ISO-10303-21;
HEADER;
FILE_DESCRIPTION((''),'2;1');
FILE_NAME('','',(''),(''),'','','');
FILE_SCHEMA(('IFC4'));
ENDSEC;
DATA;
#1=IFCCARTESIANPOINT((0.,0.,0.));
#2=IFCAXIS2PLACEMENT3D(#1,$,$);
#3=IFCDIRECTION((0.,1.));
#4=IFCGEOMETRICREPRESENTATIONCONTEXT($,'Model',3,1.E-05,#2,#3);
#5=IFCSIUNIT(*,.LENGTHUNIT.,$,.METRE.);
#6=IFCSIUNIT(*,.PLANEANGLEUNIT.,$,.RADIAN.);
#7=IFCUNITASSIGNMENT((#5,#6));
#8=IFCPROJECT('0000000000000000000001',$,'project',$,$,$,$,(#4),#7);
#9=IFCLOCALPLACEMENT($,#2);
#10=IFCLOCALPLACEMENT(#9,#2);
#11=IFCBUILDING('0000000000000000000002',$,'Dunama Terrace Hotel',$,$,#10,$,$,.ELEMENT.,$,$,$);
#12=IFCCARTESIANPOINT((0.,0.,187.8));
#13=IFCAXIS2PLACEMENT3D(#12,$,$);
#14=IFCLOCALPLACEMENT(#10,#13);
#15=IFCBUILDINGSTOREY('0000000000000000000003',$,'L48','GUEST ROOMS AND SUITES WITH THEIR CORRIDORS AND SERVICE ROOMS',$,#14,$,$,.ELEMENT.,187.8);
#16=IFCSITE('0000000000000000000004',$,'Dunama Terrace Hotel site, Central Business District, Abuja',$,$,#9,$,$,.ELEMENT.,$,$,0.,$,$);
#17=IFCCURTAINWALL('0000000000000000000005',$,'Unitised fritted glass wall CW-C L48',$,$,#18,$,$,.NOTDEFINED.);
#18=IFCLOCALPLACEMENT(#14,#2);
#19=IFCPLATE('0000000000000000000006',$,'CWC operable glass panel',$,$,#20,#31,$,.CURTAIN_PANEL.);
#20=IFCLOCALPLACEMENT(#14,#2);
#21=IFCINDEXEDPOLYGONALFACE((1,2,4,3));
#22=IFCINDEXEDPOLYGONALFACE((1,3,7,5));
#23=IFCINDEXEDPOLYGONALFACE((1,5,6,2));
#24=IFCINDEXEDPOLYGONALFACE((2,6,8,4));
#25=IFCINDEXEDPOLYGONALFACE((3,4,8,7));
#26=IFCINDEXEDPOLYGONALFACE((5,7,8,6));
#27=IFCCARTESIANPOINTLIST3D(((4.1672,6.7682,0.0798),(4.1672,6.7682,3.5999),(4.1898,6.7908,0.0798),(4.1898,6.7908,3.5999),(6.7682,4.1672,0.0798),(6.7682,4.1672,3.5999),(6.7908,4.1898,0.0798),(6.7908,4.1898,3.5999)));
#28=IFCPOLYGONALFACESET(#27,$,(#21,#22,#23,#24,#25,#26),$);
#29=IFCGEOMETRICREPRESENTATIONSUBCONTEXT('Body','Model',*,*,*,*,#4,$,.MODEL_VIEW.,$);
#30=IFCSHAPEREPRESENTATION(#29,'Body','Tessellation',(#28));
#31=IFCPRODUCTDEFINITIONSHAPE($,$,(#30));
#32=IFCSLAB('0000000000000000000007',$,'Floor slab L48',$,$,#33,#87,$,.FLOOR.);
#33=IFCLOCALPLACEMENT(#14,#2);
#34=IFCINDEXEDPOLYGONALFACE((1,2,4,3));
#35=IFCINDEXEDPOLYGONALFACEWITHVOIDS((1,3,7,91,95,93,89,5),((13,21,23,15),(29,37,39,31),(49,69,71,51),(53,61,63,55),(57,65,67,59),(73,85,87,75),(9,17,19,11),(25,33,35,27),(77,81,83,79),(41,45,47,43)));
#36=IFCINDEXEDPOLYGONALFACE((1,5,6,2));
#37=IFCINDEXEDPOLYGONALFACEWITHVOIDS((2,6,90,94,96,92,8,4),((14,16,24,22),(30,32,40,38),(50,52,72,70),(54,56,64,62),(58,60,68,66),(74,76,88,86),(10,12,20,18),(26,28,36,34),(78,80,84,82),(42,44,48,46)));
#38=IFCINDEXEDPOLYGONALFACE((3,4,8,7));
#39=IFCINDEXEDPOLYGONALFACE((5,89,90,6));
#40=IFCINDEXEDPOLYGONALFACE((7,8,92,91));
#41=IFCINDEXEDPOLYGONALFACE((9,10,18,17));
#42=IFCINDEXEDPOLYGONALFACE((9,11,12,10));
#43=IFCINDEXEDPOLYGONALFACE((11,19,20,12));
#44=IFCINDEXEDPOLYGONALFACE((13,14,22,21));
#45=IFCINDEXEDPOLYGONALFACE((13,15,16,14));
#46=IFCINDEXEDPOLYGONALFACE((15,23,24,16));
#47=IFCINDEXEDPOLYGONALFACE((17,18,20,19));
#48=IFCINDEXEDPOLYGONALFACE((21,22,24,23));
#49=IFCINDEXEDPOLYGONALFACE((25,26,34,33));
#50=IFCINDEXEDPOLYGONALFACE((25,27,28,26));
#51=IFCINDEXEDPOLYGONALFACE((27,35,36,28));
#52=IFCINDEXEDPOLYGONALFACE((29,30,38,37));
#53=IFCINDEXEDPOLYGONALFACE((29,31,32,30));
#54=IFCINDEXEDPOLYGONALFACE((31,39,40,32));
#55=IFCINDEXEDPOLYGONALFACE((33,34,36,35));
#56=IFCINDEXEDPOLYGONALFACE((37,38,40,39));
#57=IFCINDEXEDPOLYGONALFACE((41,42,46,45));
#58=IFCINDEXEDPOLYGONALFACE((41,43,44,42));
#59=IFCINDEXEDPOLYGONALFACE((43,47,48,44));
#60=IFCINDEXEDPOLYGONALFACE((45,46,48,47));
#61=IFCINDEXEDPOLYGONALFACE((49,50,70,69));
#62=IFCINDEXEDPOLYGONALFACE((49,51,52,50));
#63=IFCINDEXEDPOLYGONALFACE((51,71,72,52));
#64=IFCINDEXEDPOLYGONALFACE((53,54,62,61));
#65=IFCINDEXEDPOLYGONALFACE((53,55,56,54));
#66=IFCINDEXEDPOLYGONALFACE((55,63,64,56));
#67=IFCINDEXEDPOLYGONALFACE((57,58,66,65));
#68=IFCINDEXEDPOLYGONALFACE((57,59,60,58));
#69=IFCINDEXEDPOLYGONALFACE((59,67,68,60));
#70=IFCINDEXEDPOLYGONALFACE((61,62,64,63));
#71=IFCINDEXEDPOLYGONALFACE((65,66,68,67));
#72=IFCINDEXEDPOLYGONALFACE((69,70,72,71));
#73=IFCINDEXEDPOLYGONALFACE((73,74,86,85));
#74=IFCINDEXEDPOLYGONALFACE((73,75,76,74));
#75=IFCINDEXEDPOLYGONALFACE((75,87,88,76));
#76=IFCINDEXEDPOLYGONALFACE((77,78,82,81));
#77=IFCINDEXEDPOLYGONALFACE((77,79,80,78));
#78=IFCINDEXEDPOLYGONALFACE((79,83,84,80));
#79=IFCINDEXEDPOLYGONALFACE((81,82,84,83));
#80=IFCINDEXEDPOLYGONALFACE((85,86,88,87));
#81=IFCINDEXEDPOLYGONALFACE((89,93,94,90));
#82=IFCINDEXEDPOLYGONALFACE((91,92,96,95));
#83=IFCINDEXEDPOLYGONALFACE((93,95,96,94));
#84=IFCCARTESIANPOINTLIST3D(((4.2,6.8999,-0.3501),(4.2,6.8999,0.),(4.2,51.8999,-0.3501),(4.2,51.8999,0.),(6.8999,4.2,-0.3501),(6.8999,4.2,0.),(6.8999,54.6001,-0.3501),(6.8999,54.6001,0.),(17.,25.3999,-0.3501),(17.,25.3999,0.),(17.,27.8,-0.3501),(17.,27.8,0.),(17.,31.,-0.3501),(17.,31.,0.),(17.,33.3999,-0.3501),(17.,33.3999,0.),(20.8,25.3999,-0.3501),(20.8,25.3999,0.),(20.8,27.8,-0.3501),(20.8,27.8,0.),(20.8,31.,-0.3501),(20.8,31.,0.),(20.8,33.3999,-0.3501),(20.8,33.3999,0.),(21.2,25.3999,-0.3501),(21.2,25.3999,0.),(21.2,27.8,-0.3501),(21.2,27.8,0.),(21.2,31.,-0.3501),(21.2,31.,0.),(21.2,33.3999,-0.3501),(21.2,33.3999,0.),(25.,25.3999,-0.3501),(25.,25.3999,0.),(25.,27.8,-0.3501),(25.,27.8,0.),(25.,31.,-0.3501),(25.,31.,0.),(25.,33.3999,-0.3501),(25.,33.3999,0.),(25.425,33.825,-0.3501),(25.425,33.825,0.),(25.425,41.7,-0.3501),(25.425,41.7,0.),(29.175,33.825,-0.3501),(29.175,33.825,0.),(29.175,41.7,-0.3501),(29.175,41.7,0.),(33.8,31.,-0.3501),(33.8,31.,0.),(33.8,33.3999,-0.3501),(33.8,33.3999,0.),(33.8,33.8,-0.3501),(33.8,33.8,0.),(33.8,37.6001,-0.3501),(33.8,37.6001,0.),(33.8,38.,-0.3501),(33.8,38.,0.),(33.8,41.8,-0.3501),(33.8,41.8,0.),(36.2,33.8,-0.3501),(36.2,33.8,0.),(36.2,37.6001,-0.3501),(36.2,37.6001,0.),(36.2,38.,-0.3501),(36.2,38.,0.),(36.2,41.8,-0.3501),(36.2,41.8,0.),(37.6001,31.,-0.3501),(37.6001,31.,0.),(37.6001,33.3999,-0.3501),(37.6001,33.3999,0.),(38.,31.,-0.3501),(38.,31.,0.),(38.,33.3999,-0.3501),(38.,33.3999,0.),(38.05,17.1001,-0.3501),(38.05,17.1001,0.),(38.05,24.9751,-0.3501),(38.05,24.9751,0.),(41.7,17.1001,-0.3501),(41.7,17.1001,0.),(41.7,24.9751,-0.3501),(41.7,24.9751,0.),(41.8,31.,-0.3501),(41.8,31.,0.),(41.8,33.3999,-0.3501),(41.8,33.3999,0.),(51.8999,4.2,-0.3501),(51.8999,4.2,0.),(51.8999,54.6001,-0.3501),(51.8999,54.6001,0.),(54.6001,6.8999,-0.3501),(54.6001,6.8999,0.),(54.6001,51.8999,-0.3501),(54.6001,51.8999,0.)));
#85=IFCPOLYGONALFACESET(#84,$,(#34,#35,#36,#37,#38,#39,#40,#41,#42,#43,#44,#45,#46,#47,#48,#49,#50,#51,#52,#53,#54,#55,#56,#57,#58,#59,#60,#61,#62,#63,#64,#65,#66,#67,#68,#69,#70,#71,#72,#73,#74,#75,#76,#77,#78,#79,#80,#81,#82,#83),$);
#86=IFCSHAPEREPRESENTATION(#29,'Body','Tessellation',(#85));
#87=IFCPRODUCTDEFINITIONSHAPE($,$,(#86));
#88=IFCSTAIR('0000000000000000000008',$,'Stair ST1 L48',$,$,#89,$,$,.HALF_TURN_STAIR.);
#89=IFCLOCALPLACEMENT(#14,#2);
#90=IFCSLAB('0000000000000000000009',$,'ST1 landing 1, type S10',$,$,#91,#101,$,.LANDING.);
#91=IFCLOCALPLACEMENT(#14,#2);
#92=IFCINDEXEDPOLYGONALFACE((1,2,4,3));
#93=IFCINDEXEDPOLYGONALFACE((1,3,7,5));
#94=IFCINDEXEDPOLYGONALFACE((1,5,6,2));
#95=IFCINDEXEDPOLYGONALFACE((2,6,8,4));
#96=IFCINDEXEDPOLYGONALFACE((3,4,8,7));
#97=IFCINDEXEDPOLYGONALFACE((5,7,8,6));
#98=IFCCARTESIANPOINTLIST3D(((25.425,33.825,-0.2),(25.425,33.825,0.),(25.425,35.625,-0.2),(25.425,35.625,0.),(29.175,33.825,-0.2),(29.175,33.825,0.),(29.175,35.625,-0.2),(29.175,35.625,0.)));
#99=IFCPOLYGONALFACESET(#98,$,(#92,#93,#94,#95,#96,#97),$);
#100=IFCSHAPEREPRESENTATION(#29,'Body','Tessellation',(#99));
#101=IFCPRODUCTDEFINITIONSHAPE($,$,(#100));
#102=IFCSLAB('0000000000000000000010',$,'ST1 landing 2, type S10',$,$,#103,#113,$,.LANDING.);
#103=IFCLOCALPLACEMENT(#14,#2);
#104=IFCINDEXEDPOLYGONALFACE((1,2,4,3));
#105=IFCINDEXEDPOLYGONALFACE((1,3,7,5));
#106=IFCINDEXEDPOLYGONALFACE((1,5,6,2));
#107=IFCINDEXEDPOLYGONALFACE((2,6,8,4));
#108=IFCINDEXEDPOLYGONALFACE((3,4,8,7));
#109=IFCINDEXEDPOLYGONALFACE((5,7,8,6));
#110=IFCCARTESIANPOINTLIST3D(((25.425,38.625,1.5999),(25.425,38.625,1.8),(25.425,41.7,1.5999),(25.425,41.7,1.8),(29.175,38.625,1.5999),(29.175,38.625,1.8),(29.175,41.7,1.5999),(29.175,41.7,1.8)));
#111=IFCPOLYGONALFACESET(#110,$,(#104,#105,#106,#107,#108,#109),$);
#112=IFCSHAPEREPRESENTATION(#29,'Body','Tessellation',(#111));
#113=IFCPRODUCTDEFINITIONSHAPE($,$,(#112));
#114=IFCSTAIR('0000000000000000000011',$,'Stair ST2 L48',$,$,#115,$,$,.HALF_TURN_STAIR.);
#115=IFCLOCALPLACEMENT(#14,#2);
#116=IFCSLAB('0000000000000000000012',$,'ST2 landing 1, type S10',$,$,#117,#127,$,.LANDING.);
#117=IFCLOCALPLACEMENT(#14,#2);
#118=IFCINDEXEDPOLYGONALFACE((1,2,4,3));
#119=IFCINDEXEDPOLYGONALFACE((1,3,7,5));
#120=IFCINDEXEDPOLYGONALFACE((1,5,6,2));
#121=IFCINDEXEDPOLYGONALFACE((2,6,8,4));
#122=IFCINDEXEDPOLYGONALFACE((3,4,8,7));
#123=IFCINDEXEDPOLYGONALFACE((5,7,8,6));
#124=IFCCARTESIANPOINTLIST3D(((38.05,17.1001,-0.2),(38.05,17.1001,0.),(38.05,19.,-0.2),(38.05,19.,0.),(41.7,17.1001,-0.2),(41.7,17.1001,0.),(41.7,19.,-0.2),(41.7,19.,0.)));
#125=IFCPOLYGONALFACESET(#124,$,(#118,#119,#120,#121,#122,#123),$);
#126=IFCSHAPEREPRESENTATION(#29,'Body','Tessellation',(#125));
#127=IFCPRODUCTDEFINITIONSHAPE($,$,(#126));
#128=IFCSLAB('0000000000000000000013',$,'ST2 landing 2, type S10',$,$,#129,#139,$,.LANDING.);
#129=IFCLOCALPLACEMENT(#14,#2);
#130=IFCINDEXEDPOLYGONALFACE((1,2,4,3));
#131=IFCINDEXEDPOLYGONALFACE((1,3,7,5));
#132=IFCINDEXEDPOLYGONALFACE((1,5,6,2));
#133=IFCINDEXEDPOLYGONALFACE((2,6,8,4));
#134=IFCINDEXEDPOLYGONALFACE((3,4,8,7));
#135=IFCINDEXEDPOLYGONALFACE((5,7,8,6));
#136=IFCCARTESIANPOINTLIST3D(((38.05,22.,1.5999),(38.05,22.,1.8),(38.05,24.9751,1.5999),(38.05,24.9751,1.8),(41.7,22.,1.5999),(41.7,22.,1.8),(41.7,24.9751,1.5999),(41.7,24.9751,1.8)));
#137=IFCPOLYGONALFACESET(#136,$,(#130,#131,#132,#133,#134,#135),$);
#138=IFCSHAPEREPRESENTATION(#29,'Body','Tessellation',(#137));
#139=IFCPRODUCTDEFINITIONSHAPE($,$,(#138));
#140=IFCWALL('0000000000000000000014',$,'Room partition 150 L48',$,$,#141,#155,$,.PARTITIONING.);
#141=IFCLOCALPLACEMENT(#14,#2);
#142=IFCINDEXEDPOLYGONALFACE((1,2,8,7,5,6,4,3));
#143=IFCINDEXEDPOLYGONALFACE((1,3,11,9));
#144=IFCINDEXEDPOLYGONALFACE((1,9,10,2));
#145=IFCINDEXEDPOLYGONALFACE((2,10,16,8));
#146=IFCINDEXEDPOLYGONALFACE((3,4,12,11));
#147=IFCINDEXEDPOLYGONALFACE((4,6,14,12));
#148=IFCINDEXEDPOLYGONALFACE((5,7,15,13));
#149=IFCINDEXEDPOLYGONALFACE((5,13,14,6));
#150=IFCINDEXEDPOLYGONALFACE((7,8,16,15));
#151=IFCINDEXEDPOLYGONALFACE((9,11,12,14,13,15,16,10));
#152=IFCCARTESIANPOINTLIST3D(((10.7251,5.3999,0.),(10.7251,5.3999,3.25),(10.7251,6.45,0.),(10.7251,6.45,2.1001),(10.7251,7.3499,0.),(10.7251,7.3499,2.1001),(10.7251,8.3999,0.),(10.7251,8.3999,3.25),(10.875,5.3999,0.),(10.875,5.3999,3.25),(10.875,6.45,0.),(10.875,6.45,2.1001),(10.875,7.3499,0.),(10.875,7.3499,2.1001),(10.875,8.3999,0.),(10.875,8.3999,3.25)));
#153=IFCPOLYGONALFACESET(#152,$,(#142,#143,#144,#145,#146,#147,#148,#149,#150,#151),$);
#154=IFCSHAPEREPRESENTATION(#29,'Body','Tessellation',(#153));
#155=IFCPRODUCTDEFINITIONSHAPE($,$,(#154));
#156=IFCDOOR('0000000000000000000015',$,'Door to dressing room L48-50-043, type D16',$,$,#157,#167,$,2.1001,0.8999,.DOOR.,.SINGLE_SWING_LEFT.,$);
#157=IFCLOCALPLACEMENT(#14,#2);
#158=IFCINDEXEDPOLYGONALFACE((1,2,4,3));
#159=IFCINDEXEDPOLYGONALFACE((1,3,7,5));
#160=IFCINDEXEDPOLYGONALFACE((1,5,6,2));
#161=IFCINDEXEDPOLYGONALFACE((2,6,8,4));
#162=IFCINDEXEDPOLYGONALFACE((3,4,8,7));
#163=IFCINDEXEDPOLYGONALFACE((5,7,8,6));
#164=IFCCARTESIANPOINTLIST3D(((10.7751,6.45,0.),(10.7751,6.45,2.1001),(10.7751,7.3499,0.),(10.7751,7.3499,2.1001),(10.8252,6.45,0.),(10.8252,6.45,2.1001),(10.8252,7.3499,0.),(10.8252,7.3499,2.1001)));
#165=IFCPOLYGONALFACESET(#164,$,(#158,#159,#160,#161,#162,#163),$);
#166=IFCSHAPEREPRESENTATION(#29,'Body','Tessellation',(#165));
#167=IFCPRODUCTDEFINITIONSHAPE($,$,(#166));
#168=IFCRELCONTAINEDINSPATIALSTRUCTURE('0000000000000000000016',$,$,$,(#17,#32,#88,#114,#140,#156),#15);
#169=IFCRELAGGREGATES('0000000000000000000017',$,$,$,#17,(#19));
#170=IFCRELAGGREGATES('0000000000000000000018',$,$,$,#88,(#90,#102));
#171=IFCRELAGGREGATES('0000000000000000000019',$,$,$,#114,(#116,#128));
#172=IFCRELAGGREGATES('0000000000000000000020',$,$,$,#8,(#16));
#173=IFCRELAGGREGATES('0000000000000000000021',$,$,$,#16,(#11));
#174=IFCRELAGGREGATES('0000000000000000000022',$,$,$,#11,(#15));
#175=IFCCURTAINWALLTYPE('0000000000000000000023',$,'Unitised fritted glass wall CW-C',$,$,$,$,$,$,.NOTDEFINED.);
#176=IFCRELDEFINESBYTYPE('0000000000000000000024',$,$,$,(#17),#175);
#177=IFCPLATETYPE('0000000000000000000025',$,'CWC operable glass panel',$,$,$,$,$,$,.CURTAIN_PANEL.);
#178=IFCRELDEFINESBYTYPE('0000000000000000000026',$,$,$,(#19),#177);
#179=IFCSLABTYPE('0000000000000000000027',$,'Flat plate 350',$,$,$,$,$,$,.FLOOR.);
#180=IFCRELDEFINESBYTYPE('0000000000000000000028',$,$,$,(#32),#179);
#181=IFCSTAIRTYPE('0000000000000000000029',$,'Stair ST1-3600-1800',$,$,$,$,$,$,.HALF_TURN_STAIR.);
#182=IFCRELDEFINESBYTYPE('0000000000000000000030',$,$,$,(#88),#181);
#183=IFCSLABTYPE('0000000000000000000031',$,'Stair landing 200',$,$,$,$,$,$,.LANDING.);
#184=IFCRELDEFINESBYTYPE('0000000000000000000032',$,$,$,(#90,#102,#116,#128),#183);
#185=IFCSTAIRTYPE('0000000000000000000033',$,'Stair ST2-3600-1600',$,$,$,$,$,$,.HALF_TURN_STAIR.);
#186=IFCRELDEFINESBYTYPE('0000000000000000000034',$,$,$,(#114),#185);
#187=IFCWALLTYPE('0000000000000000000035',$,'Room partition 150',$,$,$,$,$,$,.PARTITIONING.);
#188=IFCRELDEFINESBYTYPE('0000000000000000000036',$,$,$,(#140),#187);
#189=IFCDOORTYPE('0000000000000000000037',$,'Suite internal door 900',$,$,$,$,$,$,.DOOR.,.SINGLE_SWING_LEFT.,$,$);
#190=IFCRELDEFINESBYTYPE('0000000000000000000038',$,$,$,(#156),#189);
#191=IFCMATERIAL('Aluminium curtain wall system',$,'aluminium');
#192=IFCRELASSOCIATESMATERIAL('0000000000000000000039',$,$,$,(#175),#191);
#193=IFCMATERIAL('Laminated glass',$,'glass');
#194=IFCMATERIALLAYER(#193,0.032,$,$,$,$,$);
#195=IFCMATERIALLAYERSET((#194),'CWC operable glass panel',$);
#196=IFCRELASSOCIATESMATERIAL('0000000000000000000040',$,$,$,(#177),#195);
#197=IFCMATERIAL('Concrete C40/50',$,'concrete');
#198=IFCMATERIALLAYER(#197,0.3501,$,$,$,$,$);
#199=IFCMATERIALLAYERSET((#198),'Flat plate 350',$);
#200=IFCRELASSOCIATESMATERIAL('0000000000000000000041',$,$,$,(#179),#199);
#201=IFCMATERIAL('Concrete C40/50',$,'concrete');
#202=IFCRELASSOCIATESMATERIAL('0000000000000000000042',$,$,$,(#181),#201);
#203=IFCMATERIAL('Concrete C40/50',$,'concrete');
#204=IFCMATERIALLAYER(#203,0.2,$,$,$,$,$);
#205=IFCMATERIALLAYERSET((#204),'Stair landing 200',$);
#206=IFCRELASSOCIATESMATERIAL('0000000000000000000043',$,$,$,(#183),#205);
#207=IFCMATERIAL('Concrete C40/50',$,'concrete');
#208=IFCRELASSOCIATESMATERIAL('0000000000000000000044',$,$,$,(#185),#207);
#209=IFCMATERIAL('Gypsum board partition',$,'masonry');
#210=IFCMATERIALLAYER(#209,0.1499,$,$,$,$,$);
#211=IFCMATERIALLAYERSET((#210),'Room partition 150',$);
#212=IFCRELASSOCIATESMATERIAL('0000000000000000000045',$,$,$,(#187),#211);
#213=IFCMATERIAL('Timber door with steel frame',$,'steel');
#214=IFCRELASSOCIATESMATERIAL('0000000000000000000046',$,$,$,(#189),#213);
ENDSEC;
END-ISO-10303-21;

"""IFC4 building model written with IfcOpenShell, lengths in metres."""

from ifc_helpers import new_model, si_unit, direction, frame, frame_2d, origin, origin_2d, place, context, subcontext, project, spatial, polyline, rectangle, outline, extrude, material, layer, layer_set, type_object, element, fill, aggregate, save


model = new_model("IFC4")

# Units and contexts
model_context = context("Model", 3, precision=1e-05, world=origin(), true_north=direction((0.0, 1.0)))
body_context = subcontext(model_context, "Body", "Model", "MODEL_VIEW")
ifc_project = project(units=[si_unit("LENGTHUNIT", "METRE"), si_unit("PLANEANGLEUNIT", "RADIAN")], contexts=[model_context])

# Site, building, storey
site_placement = place(None, origin())
site = spatial("IfcSite", under=ifc_project, at=site_placement, Name="Dunama Terrace Hotel site, Central Business District, Abuja", CompositionType="ELEMENT", RefElevation=0.0)
building_placement = place(site_placement, origin())
building = spatial("IfcBuilding", under=site, at=building_placement, Name="Dunama Terrace Hotel", CompositionType="ELEMENT")
storey_placement = place(building_placement, frame((0.0, 0.0, 187.8)))
storey = spatial("IfcBuildingStorey", under=building, at=storey_placement, Name="L48", Description="GUEST ROOMS AND SUITES WITH THEIR CORRIDORS AND SERVICE ROOMS", CompositionType="ELEMENT", Elevation=187.8)

# Shared definitions
ifc_material_1 = material(Name="Aluminium curtain wall system", Category="aluminium")
curtain_wall_type = type_object("IfcCurtainWallType", Name="Unitised fritted glass wall CW-C", PredefinedType="NOTDEFINED", material=ifc_material_1)

# Curtain wall
curtain_wall_1_placement = place(storey_placement, origin())
curtain_wall_1 = element("IfcCurtainWall", 1, at=curtain_wall_1_placement, inside=storey, type_object=curtain_wall_type, Name="Unitised fritted glass wall CW-C L48", PredefinedType="NOTDEFINED")

# Plate
ifc_material_2 = material(Name="Laminated glass", Category="glass")
ifc_layer_1 = layer(ifc_material_2, 0.032)
ifc_layer_set_1 = layer_set([ifc_layer_1], Name="CWC operable glass panel")
plate_type_1 = type_object("IfcPlateType", Name="CWC operable glass panel", PredefinedType="CURTAIN_PANEL", material=ifc_layer_set_1)
plate_1_placement = place(storey_placement, frame((5.479, 5.479, 0.0798), z_axis=(0.0, 0.0, 1.0), x_axis=(0.707107, -0.707107, 0.0)))
plate_1 = element("IfcPlate", 2, at=plate_1_placement, type_object=plate_type_1, Name="CWC operable glass panel", PredefinedType="CURTAIN_PANEL", context=body_context, shape_type="SweptSolid", body=[
    extrude(rectangle(XDim=3.6785, YDim=0.032, at=origin_2d()), origin(), (0.0, 0.0, 1.0), 3.52),
])
aggregate(curtain_wall_1, [plate_1])

# Slab
ifc_material_3 = material(Name="Concrete C40/50", Category="concrete")
ifc_layer_2 = layer(ifc_material_3, 0.3501)
ifc_layer_set_2 = layer_set([ifc_layer_2], Name="Flat plate 350")
slab_type_1 = type_object("IfcSlabType", Name="Flat plate 350", PredefinedType="FLOOR", material=ifc_layer_set_2)
slab_1_placement = place(storey_placement, frame((0.0, 0.0, -0.3501)))
element("IfcSlab", 3, at=slab_1_placement, inside=storey, type_object=slab_type_1, Name="Floor slab L48", PredefinedType="FLOOR", context=body_context, shape_type="SweptSolid", body=[
    extrude(outline(polyline([(6.8999, 4.2), (51.8999, 4.2), (54.6001, 6.8999), (54.6001, 51.8999), (51.8999, 54.6001), (6.8999, 54.6001), (4.2, 51.8999), (4.2, 6.8999), (6.8999, 4.2)]), holes=[polyline([(20.8, 25.3999), (20.8, 27.8), (17.0, 27.8), (17.0, 25.3999), (20.8, 25.3999)]), polyline([(25.0, 25.3999), (25.0, 27.8), (21.2, 27.8), (21.2, 25.3999), (25.0, 25.3999)]), polyline([(20.8, 31.0), (20.8, 33.3999), (17.0, 33.3999), (17.0, 31.0), (20.8, 31.0)]), polyline([(25.0, 31.0), (25.0, 33.3999), (21.2, 33.3999), (21.2, 31.0), (25.0, 31.0)]), polyline([(37.6001, 31.0), (37.6001, 33.3999), (33.8, 33.3999), (33.8, 31.0), (37.6001, 31.0)]), polyline([(41.8, 31.0), (41.8, 33.3999), (38.0, 33.3999), (38.0, 31.0), (41.8, 31.0)]), polyline([(36.2, 38.0), (36.2, 41.8), (33.8, 41.8), (33.8, 38.0), (36.2, 38.0)]), polyline([(36.2, 33.8), (36.2, 37.6001), (33.8, 37.6001), (33.8, 33.8), (36.2, 33.8)]), polyline([(29.175, 33.825), (29.175, 41.7), (25.425, 41.7), (25.425, 33.825), (29.175, 33.825)]), polyline([(41.7, 17.1001), (41.7, 24.9751), (38.05, 24.9751), (38.05, 17.1001), (41.7, 17.1001)])]), origin(), (0.0, 0.0, 1.0), 0.3501),
])

# Stairs, slabs
ifc_material_4 = material(Name="Concrete C40/50", Category="concrete")
stair_type_1 = type_object("IfcStairType", Name="Stair ST1-3600-1800", PredefinedType="HALF_TURN_STAIR", material=ifc_material_4)
stair_1_placement = place(storey_placement, origin())
stair_1 = element("IfcStair", 4, at=stair_1_placement, inside=storey, type_object=stair_type_1, Name="Stair ST1 L48", PredefinedType="HALF_TURN_STAIR")
ifc_material_5 = material(Name="Concrete C40/50", Category="concrete")
ifc_layer_3 = layer(ifc_material_5, 0.2)
ifc_layer_set_3 = layer_set([ifc_layer_3], Name="Stair landing 200")
slab_type_2 = type_object("IfcSlabType", Name="Stair landing 200", PredefinedType="LANDING", material=ifc_layer_set_3)
slab_2_placement = place(storey_placement, frame((0.0, 0.0, -0.2)))
slab_2 = element("IfcSlab", 5, at=slab_2_placement, type_object=slab_type_2, Name="ST1 landing 1, type S10", PredefinedType="LANDING", context=body_context, shape_type="SweptSolid", body=[
    extrude(outline(polyline([(25.425, 33.825), (29.175, 33.825), (29.175, 35.625), (25.425, 35.625), (25.425, 33.825)])), origin(), (0.0, 0.0, 1.0), 0.2),
])
slab_3_placement = place(storey_placement, frame((0.0, 0.0, 1.5999)))
slab_3 = element("IfcSlab", 6, at=slab_3_placement, type_object=slab_type_2, Name="ST1 landing 2, type S10", PredefinedType="LANDING", context=body_context, shape_type="SweptSolid", body=[
    extrude(outline(polyline([(25.425, 38.625), (29.175, 38.625), (29.175, 41.7), (25.425, 41.7), (25.425, 38.625)])), origin(), (0.0, 0.0, 1.0), 0.2002),
])
aggregate(stair_1, [slab_2, slab_3])
ifc_material_6 = material(Name="Concrete C40/50", Category="concrete")
stair_type_2 = type_object("IfcStairType", Name="Stair ST2-3600-1600", PredefinedType="HALF_TURN_STAIR", material=ifc_material_6)
stair_2_placement = place(storey_placement, origin())
stair_2 = element("IfcStair", 7, at=stair_2_placement, inside=storey, type_object=stair_type_2, Name="Stair ST2 L48", PredefinedType="HALF_TURN_STAIR")
slab_4_placement = place(storey_placement, frame((0.0, 0.0, -0.2)))
slab_4 = element("IfcSlab", 8, at=slab_4_placement, type_object=slab_type_2, Name="ST2 landing 1, type S10", PredefinedType="LANDING", context=body_context, shape_type="SweptSolid", body=[
    extrude(outline(polyline([(38.05, 17.1001), (41.7, 17.1001), (41.7, 19.0), (38.05, 19.0), (38.05, 17.1001)])), origin(), (0.0, 0.0, 1.0), 0.2),
])
slab_5_placement = place(storey_placement, frame((0.0, 0.0, 1.5999)))
slab_5 = element("IfcSlab", 9, at=slab_5_placement, type_object=slab_type_2, Name="ST2 landing 2, type S10", PredefinedType="LANDING", context=body_context, shape_type="SweptSolid", body=[
    extrude(outline(polyline([(38.05, 22.0), (41.7, 22.0), (41.7, 24.9751), (38.05, 24.9751), (38.05, 22.0)])), origin(), (0.0, 0.0, 1.0), 0.2002),
])
aggregate(stair_2, [slab_4, slab_5])

# Wall, opening, door
ifc_material_7 = material(Name="Gypsum board partition", Category="masonry")
ifc_layer_4 = layer(ifc_material_7, 0.1499)
ifc_layer_set_4 = layer_set([ifc_layer_4], Name="Room partition 150")
wall_type = type_object("IfcWallType", Name="Room partition 150", PredefinedType="PARTITIONING", material=ifc_layer_set_4)
wall_1_placement = place(storey_placement, frame((10.8, 5.3999, 0.0), z_axis=(0.0, 0.0, 1.0), x_axis=(0.0, 1.0, 0.0)))
wall_1 = element("IfcWall", 10, at=wall_1_placement, inside=storey, type_object=wall_type, Name="Room partition 150 L48", PredefinedType="PARTITIONING", context=body_context, shape_type="SweptSolid", body=[
    extrude(rectangle(XDim=3.0, YDim=0.1499, at=frame_2d((1.5, 0.0))), origin(), (0.0, 0.0, 1.0), 3.25),
])
opening_1_placement = place(wall_1_placement, frame((1.05, 0.0, 0.0)))
opening_1 = element("IfcOpeningElement", 11, at=opening_1_placement, cuts=wall_1, PredefinedType="OPENING", context=body_context, shape_type="SweptSolid", body=[
    extrude(rectangle(XDim=0.8999, YDim=2.1001, at=frame_2d((0.45, 1.05))), frame((0.0, 0.085, 0.0), z_axis=(0.0, -1.0, 0.0), x_axis=(1.0, 0.0, 0.0)), (0.0, 0.0, 1.0), 0.1699),
])
ifc_material_8 = material(Name="Timber door with steel frame", Category="steel")
door_type = type_object("IfcDoorType", Name="Suite internal door 900", OperationType="SINGLE_SWING_LEFT", PredefinedType="DOOR", material=ifc_material_8)
door_1_placement = place(opening_1_placement, frame((0.8999, 0.0, 0.0), z_axis=(0.0, 0.0, 1.0), x_axis=(-1.0, 0.0, 0.0)))
door_1 = element("IfcDoor", 12, at=door_1_placement, inside=storey, type_object=door_type, Name="Door to dressing room L48-50-043, type D16", OperationType="SINGLE_SWING_LEFT", OverallHeight=2.1001, OverallWidth=0.8999, PredefinedType="DOOR", context=body_context, shape_type="SweptSolid", body=[
    extrude(rectangle(XDim=0.8999, YDim=2.1001, at=frame_2d((0.45, 1.05))), frame((0.0, 0.0251, 0.0), z_axis=(0.0, -1.0, 0.0), x_axis=(1.0, 0.0, 0.0)), (0.0, 0.0, 1.0), 0.05),
])
fill(opening_1, door_1)

save(model, "model.ifc")
